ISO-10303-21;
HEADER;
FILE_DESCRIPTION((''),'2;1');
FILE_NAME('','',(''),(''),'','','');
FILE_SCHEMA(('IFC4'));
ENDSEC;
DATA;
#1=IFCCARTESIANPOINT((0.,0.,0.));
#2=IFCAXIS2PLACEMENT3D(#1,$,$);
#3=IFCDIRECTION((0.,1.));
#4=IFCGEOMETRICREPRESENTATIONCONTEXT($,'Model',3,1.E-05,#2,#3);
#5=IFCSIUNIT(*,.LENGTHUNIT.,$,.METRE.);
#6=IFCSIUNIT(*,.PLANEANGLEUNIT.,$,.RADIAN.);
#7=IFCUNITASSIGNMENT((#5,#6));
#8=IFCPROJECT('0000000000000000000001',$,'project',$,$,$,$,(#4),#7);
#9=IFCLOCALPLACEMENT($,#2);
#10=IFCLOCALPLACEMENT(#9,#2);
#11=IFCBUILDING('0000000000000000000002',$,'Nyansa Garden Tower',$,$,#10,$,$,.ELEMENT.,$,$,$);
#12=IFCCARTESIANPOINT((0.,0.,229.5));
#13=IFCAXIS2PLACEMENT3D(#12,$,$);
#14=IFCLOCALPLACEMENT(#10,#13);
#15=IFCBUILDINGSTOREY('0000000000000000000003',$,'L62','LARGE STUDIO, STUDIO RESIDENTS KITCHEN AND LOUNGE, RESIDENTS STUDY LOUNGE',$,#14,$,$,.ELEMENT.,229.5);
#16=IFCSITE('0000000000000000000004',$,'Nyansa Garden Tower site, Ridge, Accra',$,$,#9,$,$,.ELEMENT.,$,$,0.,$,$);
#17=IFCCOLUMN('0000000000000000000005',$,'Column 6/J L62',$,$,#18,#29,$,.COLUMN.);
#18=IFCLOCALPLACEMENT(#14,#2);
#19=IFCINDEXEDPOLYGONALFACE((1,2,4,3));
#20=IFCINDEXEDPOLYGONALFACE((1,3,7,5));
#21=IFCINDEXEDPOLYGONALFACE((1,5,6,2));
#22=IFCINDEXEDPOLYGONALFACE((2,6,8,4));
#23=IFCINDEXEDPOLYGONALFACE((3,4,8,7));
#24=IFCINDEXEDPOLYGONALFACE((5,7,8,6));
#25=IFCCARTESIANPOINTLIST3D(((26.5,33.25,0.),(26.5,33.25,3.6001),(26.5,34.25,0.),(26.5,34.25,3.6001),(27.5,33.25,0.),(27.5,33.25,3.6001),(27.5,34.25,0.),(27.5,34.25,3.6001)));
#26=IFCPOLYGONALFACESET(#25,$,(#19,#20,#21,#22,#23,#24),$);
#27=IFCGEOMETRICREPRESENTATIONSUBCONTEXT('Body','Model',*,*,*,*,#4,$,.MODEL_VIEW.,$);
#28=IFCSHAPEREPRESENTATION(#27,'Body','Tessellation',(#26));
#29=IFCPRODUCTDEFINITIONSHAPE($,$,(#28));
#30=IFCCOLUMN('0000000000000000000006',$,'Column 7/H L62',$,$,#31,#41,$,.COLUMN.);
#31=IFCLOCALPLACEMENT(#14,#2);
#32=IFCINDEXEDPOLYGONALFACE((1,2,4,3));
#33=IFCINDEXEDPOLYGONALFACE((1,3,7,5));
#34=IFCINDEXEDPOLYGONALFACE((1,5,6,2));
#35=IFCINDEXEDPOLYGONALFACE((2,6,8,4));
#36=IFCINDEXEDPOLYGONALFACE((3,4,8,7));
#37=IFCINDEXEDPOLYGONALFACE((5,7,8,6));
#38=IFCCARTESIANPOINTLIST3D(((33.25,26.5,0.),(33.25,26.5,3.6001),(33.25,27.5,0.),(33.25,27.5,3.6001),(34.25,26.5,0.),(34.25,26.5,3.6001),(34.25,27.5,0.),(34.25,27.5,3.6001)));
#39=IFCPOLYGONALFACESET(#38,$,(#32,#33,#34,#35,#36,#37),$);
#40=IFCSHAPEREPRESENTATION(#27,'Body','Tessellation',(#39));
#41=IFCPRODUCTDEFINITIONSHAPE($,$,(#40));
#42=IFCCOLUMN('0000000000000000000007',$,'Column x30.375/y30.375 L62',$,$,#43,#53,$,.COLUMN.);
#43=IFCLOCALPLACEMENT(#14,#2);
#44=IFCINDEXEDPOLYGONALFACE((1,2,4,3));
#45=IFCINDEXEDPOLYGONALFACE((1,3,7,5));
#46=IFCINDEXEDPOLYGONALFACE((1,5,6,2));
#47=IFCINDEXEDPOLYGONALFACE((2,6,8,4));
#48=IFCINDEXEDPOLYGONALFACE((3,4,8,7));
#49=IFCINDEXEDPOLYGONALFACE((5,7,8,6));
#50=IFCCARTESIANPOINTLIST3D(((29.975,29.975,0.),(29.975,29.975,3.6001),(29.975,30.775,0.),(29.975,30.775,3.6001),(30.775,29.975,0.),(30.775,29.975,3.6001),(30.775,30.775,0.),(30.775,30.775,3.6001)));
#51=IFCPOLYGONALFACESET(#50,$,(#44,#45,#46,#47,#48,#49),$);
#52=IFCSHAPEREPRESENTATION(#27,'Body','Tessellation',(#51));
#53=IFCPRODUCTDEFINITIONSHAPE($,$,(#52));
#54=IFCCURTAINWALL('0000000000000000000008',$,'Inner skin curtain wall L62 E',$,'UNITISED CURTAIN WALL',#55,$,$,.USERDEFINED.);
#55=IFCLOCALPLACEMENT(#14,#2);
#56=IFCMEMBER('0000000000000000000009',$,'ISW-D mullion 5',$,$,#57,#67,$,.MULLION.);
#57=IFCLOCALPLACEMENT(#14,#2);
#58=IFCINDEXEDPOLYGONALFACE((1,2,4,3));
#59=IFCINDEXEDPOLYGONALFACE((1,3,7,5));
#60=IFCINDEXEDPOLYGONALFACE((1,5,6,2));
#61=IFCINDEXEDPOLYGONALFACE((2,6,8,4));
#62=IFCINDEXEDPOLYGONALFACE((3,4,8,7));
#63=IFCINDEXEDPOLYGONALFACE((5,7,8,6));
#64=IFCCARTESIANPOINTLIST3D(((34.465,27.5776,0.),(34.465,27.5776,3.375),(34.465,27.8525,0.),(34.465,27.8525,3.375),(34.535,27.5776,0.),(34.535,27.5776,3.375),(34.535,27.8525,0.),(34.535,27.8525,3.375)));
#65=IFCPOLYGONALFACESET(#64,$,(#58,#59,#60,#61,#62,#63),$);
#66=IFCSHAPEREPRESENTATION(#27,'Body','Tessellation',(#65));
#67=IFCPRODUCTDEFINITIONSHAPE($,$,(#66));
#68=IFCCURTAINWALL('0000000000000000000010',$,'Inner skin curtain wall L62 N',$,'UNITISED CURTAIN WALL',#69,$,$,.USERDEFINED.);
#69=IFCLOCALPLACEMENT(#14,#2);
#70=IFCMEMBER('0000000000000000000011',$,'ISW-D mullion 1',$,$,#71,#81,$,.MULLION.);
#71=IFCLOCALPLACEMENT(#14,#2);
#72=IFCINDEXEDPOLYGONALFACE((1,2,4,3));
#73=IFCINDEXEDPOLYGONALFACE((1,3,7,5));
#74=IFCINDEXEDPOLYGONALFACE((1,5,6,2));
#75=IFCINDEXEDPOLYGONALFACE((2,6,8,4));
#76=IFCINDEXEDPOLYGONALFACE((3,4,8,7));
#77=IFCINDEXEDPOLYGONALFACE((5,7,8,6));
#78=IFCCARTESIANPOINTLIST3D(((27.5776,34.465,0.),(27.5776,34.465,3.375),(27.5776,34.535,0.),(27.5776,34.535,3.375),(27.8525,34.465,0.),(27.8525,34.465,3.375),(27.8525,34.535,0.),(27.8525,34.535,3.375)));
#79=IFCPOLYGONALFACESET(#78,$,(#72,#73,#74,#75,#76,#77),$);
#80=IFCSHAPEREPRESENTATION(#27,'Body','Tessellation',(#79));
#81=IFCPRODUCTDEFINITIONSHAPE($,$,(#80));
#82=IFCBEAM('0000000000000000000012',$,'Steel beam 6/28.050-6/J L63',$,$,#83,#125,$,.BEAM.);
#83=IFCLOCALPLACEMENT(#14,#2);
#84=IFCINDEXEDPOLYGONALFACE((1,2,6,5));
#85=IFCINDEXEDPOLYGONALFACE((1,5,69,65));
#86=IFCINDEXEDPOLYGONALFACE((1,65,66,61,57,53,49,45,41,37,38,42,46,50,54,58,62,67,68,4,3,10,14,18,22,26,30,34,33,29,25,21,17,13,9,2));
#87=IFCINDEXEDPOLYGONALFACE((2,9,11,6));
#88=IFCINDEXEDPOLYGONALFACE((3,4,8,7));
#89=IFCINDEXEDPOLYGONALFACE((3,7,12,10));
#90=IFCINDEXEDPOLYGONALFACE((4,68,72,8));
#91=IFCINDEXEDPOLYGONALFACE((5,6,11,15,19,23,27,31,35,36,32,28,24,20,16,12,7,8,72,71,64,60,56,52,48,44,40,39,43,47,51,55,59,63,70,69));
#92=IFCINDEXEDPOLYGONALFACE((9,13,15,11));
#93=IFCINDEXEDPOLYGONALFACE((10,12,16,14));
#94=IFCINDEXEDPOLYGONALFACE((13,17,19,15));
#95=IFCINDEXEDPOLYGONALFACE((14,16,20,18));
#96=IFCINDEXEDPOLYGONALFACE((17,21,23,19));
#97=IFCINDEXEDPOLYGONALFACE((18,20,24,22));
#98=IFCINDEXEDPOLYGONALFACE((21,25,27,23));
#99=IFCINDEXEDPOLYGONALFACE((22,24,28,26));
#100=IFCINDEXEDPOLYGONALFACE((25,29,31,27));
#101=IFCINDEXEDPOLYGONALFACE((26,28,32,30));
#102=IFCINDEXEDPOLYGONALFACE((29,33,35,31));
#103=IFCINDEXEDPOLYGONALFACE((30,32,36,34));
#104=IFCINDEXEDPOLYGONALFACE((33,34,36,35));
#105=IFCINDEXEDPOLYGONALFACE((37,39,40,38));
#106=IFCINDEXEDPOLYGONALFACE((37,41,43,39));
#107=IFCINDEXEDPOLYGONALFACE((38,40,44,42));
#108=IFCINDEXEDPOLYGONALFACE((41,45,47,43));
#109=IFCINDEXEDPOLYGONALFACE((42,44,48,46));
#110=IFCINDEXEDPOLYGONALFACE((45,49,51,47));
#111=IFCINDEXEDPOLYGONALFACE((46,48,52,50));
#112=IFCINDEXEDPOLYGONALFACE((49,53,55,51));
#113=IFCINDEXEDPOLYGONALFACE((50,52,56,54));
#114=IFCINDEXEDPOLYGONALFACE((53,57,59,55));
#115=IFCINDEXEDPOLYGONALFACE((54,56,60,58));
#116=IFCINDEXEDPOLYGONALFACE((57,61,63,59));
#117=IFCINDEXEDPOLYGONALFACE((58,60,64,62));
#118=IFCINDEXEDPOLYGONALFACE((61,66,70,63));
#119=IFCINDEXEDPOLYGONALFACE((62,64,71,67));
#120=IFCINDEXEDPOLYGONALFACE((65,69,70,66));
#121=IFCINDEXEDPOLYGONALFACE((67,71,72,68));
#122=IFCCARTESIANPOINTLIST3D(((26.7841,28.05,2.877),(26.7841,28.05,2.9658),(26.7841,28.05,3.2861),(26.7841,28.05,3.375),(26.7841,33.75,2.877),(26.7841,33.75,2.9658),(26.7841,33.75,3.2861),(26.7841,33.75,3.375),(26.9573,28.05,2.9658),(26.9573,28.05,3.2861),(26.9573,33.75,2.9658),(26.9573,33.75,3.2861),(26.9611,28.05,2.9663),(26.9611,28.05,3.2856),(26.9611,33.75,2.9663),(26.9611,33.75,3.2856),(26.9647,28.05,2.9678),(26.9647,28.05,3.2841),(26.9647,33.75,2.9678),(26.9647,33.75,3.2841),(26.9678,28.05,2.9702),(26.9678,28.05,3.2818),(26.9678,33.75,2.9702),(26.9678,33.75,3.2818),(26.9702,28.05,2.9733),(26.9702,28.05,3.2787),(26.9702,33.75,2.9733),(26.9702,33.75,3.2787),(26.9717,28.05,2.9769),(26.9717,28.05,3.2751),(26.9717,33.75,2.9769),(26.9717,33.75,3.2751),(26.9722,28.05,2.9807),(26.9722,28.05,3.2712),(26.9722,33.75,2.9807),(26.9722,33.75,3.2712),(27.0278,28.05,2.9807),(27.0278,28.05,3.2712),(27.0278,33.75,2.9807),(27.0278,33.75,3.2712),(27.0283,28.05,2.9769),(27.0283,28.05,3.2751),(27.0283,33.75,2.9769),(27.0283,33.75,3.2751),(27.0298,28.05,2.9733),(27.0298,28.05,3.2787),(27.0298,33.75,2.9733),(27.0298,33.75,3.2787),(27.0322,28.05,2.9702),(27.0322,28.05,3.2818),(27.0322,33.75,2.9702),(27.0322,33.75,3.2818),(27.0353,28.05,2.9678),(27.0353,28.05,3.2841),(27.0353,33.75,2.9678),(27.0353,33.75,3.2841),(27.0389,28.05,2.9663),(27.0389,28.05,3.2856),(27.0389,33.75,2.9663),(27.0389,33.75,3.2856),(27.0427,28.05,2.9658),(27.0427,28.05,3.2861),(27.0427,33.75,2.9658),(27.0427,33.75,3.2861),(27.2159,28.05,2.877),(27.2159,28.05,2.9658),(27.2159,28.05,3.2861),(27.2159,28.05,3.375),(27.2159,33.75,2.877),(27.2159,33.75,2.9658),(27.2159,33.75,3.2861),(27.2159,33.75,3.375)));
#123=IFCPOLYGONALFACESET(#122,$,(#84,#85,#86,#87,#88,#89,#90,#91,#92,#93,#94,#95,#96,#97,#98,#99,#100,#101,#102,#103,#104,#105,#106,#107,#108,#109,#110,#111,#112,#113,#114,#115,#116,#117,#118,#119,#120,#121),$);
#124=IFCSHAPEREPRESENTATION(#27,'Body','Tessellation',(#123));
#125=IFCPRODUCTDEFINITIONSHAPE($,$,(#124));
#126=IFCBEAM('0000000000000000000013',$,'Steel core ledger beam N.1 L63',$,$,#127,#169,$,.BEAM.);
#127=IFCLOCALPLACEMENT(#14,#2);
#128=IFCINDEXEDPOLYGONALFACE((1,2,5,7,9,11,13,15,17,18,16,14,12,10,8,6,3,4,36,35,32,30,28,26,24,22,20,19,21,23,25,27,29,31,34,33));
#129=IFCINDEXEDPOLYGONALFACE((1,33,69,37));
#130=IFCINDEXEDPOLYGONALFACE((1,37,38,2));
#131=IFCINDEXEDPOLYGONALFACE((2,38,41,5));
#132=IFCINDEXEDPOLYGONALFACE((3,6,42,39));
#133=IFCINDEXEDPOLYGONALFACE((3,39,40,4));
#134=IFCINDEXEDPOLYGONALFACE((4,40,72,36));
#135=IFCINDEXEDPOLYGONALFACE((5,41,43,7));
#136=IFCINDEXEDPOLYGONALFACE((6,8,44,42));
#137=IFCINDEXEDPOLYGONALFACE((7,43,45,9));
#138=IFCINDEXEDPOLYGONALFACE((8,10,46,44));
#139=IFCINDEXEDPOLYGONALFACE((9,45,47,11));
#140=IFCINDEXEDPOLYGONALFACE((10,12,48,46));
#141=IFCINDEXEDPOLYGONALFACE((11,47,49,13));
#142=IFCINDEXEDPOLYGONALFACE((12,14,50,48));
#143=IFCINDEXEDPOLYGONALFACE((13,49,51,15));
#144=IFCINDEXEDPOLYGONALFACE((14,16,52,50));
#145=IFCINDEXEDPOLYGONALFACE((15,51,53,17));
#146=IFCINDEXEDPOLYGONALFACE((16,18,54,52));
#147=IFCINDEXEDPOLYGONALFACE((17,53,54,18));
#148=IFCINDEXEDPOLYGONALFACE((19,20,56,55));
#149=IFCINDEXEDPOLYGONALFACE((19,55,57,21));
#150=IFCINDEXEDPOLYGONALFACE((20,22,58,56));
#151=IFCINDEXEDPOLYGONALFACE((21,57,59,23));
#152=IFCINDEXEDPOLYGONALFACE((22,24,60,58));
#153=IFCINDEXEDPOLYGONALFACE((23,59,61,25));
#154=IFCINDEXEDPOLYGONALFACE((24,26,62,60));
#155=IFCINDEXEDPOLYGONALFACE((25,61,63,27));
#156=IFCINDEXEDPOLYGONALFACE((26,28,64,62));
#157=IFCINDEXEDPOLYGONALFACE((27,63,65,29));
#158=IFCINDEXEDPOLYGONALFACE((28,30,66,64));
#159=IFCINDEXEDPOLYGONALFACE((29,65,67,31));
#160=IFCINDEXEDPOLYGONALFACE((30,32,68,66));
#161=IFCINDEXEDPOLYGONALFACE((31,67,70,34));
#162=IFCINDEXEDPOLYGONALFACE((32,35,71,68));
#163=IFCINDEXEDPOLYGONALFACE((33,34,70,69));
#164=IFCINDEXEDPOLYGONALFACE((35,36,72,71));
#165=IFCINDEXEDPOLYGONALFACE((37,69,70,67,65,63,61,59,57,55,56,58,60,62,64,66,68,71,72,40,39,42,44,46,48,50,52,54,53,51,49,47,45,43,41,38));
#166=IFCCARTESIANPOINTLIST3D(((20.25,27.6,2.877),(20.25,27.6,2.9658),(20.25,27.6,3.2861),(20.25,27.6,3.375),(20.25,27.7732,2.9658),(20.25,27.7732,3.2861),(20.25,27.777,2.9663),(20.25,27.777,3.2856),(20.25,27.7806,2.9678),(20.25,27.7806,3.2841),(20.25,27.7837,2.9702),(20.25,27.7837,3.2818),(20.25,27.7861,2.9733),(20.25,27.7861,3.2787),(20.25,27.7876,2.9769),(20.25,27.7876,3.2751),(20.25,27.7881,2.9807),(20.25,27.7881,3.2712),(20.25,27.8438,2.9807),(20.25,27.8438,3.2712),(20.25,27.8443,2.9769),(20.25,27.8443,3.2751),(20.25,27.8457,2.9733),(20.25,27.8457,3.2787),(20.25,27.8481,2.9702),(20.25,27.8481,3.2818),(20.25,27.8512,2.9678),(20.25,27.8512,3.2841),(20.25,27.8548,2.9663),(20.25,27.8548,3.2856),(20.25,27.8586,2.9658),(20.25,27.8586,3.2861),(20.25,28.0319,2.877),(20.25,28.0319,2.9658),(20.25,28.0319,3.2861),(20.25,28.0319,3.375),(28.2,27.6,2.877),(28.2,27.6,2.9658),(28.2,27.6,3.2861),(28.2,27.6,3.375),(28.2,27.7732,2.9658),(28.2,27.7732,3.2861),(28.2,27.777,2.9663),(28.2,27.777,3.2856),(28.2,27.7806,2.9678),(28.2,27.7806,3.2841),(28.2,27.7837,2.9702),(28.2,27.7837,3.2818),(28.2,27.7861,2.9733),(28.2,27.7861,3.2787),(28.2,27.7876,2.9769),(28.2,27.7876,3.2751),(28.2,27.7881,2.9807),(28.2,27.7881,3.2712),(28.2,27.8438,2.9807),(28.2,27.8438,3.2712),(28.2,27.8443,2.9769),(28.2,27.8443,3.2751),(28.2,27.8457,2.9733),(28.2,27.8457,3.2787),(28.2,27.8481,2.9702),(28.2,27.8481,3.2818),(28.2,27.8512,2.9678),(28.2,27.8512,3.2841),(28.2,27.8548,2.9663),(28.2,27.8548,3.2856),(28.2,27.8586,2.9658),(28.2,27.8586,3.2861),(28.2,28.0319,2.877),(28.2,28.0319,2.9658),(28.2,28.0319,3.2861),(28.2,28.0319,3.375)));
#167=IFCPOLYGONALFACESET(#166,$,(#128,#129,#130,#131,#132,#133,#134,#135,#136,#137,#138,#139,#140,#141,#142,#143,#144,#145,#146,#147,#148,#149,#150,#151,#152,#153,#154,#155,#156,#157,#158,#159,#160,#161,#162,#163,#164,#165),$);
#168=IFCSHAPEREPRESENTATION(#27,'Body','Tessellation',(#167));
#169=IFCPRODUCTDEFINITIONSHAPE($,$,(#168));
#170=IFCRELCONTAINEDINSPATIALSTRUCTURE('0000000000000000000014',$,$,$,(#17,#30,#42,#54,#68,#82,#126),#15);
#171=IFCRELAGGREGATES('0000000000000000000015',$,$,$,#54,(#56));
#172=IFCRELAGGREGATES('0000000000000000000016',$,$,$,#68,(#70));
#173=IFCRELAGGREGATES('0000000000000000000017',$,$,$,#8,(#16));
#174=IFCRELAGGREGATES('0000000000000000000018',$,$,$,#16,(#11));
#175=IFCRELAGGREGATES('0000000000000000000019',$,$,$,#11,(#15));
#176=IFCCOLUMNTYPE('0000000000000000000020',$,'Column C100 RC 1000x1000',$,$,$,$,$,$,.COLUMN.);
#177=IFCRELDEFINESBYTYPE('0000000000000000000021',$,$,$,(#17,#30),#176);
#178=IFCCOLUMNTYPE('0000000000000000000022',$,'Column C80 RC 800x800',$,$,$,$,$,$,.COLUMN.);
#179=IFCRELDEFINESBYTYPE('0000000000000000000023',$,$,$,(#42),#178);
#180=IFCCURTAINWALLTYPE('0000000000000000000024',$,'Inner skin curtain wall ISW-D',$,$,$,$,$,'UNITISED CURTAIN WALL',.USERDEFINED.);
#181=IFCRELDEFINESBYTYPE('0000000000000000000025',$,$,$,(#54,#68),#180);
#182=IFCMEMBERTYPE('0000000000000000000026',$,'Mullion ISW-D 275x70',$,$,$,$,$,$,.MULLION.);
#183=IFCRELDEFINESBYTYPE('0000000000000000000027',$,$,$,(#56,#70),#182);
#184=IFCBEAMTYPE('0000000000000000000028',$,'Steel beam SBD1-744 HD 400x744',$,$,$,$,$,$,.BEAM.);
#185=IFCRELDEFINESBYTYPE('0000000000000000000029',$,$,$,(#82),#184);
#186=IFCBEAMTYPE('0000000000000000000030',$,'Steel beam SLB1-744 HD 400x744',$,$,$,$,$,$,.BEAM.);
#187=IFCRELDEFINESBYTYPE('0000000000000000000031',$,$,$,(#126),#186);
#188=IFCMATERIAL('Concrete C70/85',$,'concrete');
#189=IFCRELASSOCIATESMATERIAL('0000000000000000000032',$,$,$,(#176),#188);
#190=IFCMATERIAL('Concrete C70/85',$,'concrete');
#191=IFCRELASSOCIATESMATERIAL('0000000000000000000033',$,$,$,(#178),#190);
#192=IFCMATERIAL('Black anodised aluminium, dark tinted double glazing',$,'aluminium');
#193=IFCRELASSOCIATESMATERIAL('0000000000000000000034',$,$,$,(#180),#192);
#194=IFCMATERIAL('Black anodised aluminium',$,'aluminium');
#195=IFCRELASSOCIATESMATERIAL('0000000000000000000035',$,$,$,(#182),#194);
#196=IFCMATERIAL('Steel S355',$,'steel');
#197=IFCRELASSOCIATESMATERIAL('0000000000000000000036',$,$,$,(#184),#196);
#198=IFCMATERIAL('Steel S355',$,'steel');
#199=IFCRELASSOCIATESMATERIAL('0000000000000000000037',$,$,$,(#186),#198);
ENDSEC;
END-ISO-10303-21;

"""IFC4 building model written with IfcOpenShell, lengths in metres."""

from ifc_helpers import new_model, si_unit, direction, frame, origin, origin_2d, place, context, subcontext, project, spatial, rectangle, i_section, extrude, material, material_profile, profile_set, type_object, element, aggregate, save


model = new_model("IFC4")

# Units and contexts
model_context = context("Model", 3, precision=1e-05, world=origin(), true_north=direction((0.0, 1.0)))
body_context = subcontext(model_context, "Body", "Model", "MODEL_VIEW")
ifc_project = project(units=[si_unit("LENGTHUNIT", "METRE"), si_unit("PLANEANGLEUNIT", "RADIAN")], contexts=[model_context])

# Site, building, storey
site_placement = place(None, origin())
site = spatial("IfcSite", under=ifc_project, at=site_placement, Name="Nyansa Garden Tower site, Ridge, Accra", CompositionType="ELEMENT", RefElevation=0.0)
building_placement = place(site_placement, origin())
building = spatial("IfcBuilding", under=site, at=building_placement, Name="Nyansa Garden Tower", CompositionType="ELEMENT")
storey_placement = place(building_placement, frame((0.0, 0.0, 229.5)))
storey = spatial("IfcBuildingStorey", under=building, at=storey_placement, Name="L62", Description="LARGE STUDIO, STUDIO RESIDENTS KITCHEN AND LOUNGE, RESIDENTS STUDY LOUNGE", CompositionType="ELEMENT", Elevation=229.5)

# Columns
ifc_material_1 = material(Name="Concrete C70/85", Category="concrete")
ifc_material_profile_1 = material_profile(ifc_material_1, rectangle(XDim=1.0, YDim=1.0, at=origin_2d()), Name="RC 1000x1000")
ifc_profile_set_1 = profile_set([ifc_material_profile_1], Name="Concrete C70/85")
column_type_1 = type_object("IfcColumnType", Name="Column C100 RC 1000x1000", PredefinedType="COLUMN", material=ifc_profile_set_1)
for number, where, z_axis, x_axis, name in (
    (1, (27.0, 33.75, 0.0), (0.0, 0.0, 1.0), (1.0, 0.0, 0.0), "Column 6/J L62"),
    (2, (33.75, 27.0, 0.0), (0.0, 0.0, 1.0), (1.0, 0.0, 0.0), "Column 7/H L62"),
):
    element("IfcColumn", number, at=place(storey_placement, frame(where, z_axis=z_axis, x_axis=x_axis)), inside=storey, type_object=column_type_1, Name=name, PredefinedType="COLUMN", context=body_context, shape_type="SweptSolid", body=[
        extrude(rectangle(XDim=1.0, YDim=1.0, at=origin_2d()), origin(), (0.0, 0.0, 1.0), 3.6001),
    ])
ifc_material_2 = material(Name="Concrete C70/85", Category="concrete")
ifc_material_profile_2 = material_profile(ifc_material_2, rectangle(XDim=0.8, YDim=0.8, at=origin_2d()), Name="RC 800x800")
ifc_profile_set_2 = profile_set([ifc_material_profile_2], Name="Concrete C70/85")
column_type_2 = type_object("IfcColumnType", Name="Column C80 RC 800x800", PredefinedType="COLUMN", material=ifc_profile_set_2)
column_placement = place(storey_placement, frame((30.375, 30.375, 0.0), z_axis=(0.0, 0.0, 1.0), x_axis=(1.0, 0.0, 0.0)))
element("IfcColumn", 3, at=column_placement, inside=storey, type_object=column_type_2, Name="Column x30.375/y30.375 L62", PredefinedType="COLUMN", context=body_context, shape_type="SweptSolid", body=[
    extrude(rectangle(XDim=0.8, YDim=0.8, at=origin_2d()), origin(), (0.0, 0.0, 1.0), 3.6001),
])

# Curtain walls, members
ifc_material_3 = material(Name="Black anodised aluminium, dark tinted double glazing", Category="aluminium")
curtain_wall_type = type_object("IfcCurtainWallType", Name="Inner skin curtain wall ISW-D", ElementType="UNITISED CURTAIN WALL", PredefinedType="USERDEFINED", material=ifc_material_3)
curtain_wall_1_placement = place(storey_placement, origin())
curtain_wall_1 = element("IfcCurtainWall", 4, at=curtain_wall_1_placement, inside=storey, type_object=curtain_wall_type, Name="Inner skin curtain wall L62 E", ObjectType="UNITISED CURTAIN WALL", PredefinedType="USERDEFINED")
ifc_material_4 = material(Name="Black anodised aluminium", Category="aluminium")
ifc_material_profile_3 = material_profile(ifc_material_4, rectangle(XDim=0.0701, YDim=0.2749, at=origin_2d()), Name="Mullion 275x70")
ifc_profile_set_3 = profile_set([ifc_material_profile_3], Name="Black anodised aluminium")
member_type_1 = type_object("IfcMemberType", Name="Mullion ISW-D 275x70", PredefinedType="MULLION", material=ifc_profile_set_3)
member_1_placement = place(storey_placement, frame((34.5, 27.7151, 0.0), z_axis=(0.0, 0.0, 1.0), x_axis=(-1.0, 0.0, 0.0)))
member_1 = element("IfcMember", 5, at=member_1_placement, type_object=member_type_1, Name="ISW-D mullion 5", PredefinedType="MULLION", context=body_context, shape_type="SweptSolid", body=[
    extrude(rectangle(XDim=0.0701, YDim=0.2749, at=origin_2d()), origin(), (0.0, 0.0, 1.0), 3.375),
])
aggregate(curtain_wall_1, [member_1])
curtain_wall_2_placement = place(storey_placement, origin())
curtain_wall_2 = element("IfcCurtainWall", 6, at=curtain_wall_2_placement, inside=storey, type_object=curtain_wall_type, Name="Inner skin curtain wall L62 N", ObjectType="UNITISED CURTAIN WALL", PredefinedType="USERDEFINED")
member_2_placement = place(storey_placement, frame((27.7151, 34.5, 0.0), z_axis=(0.0, 0.0, 1.0), x_axis=(0.0, -1.0, 0.0)))
member_2 = element("IfcMember", 7, at=member_2_placement, type_object=member_type_1, Name="ISW-D mullion 1", PredefinedType="MULLION", context=body_context, shape_type="SweptSolid", body=[
    extrude(rectangle(XDim=0.0701, YDim=0.2749, at=origin_2d()), origin(), (0.0, 0.0, 1.0), 3.375),
])

# Beams
ifc_material_5 = material(Name="Steel S355", Category="steel")
ifc_material_profile_4 = material_profile(ifc_material_5, i_section(OverallWidth=0.4319, OverallDepth=0.498, WebThickness=0.0557, FlangeThickness=0.0889, FilletRadius=0.0149, at=origin_2d()), Name="HD 400x744")
ifc_profile_set_4 = profile_set([ifc_material_profile_4], Name="Steel S355")
beam_type_1 = type_object("IfcBeamType", Name="Steel beam SBD1-744 HD 400x744", PredefinedType="BEAM", material=ifc_profile_set_4)
beam_1_placement = place(storey_placement, frame((27.0, 28.05, 3.126), z_axis=(0.0, 1.0, 0.0), x_axis=(-1.0, 0.0, 0.0)))
element("IfcBeam", 8, at=beam_1_placement, inside=storey, type_object=beam_type_1, Name="Steel beam 6/28.050-6/J L63", PredefinedType="BEAM", context=body_context, shape_type="SweptSolid", body=[
    extrude(i_section(OverallWidth=0.4319, OverallDepth=0.498, WebThickness=0.0557, FlangeThickness=0.0889, FilletRadius=0.0149, at=origin_2d()), origin(), (0.0, 0.0, 1.0), 5.7),
])
ifc_material_6 = material(Name="Steel S355", Category="steel")
ifc_material_profile_5 = material_profile(ifc_material_6, i_section(OverallWidth=0.4319, OverallDepth=0.498, WebThickness=0.0557, FlangeThickness=0.0889, FilletRadius=0.0149, at=origin_2d()), Name="HD 400x744")
ifc_profile_set_5 = profile_set([ifc_material_profile_5], Name="Steel S355")
beam_type_2 = type_object("IfcBeamType", Name="Steel beam SLB1-744 HD 400x744", PredefinedType="BEAM", material=ifc_profile_set_5)
beam_2_placement = place(storey_placement, frame((28.2, 27.8159, 3.126), z_axis=(-1.0, 0.0, 0.0), x_axis=(0.0, -1.0, 0.0)))
element("IfcBeam", 9, at=beam_2_placement, inside=storey, type_object=beam_type_2, Name="Steel core ledger beam N.1 L63", PredefinedType="BEAM", context=body_context, shape_type="SweptSolid", body=[
    extrude(i_section(OverallWidth=0.4319, OverallDepth=0.498, WebThickness=0.0557, FlangeThickness=0.0889, FilletRadius=0.0149, at=origin_2d()), origin(), (0.0, 0.0, 1.0), 7.95),
])

aggregate(curtain_wall_2, [member_2])

save(model, "model.ifc")
